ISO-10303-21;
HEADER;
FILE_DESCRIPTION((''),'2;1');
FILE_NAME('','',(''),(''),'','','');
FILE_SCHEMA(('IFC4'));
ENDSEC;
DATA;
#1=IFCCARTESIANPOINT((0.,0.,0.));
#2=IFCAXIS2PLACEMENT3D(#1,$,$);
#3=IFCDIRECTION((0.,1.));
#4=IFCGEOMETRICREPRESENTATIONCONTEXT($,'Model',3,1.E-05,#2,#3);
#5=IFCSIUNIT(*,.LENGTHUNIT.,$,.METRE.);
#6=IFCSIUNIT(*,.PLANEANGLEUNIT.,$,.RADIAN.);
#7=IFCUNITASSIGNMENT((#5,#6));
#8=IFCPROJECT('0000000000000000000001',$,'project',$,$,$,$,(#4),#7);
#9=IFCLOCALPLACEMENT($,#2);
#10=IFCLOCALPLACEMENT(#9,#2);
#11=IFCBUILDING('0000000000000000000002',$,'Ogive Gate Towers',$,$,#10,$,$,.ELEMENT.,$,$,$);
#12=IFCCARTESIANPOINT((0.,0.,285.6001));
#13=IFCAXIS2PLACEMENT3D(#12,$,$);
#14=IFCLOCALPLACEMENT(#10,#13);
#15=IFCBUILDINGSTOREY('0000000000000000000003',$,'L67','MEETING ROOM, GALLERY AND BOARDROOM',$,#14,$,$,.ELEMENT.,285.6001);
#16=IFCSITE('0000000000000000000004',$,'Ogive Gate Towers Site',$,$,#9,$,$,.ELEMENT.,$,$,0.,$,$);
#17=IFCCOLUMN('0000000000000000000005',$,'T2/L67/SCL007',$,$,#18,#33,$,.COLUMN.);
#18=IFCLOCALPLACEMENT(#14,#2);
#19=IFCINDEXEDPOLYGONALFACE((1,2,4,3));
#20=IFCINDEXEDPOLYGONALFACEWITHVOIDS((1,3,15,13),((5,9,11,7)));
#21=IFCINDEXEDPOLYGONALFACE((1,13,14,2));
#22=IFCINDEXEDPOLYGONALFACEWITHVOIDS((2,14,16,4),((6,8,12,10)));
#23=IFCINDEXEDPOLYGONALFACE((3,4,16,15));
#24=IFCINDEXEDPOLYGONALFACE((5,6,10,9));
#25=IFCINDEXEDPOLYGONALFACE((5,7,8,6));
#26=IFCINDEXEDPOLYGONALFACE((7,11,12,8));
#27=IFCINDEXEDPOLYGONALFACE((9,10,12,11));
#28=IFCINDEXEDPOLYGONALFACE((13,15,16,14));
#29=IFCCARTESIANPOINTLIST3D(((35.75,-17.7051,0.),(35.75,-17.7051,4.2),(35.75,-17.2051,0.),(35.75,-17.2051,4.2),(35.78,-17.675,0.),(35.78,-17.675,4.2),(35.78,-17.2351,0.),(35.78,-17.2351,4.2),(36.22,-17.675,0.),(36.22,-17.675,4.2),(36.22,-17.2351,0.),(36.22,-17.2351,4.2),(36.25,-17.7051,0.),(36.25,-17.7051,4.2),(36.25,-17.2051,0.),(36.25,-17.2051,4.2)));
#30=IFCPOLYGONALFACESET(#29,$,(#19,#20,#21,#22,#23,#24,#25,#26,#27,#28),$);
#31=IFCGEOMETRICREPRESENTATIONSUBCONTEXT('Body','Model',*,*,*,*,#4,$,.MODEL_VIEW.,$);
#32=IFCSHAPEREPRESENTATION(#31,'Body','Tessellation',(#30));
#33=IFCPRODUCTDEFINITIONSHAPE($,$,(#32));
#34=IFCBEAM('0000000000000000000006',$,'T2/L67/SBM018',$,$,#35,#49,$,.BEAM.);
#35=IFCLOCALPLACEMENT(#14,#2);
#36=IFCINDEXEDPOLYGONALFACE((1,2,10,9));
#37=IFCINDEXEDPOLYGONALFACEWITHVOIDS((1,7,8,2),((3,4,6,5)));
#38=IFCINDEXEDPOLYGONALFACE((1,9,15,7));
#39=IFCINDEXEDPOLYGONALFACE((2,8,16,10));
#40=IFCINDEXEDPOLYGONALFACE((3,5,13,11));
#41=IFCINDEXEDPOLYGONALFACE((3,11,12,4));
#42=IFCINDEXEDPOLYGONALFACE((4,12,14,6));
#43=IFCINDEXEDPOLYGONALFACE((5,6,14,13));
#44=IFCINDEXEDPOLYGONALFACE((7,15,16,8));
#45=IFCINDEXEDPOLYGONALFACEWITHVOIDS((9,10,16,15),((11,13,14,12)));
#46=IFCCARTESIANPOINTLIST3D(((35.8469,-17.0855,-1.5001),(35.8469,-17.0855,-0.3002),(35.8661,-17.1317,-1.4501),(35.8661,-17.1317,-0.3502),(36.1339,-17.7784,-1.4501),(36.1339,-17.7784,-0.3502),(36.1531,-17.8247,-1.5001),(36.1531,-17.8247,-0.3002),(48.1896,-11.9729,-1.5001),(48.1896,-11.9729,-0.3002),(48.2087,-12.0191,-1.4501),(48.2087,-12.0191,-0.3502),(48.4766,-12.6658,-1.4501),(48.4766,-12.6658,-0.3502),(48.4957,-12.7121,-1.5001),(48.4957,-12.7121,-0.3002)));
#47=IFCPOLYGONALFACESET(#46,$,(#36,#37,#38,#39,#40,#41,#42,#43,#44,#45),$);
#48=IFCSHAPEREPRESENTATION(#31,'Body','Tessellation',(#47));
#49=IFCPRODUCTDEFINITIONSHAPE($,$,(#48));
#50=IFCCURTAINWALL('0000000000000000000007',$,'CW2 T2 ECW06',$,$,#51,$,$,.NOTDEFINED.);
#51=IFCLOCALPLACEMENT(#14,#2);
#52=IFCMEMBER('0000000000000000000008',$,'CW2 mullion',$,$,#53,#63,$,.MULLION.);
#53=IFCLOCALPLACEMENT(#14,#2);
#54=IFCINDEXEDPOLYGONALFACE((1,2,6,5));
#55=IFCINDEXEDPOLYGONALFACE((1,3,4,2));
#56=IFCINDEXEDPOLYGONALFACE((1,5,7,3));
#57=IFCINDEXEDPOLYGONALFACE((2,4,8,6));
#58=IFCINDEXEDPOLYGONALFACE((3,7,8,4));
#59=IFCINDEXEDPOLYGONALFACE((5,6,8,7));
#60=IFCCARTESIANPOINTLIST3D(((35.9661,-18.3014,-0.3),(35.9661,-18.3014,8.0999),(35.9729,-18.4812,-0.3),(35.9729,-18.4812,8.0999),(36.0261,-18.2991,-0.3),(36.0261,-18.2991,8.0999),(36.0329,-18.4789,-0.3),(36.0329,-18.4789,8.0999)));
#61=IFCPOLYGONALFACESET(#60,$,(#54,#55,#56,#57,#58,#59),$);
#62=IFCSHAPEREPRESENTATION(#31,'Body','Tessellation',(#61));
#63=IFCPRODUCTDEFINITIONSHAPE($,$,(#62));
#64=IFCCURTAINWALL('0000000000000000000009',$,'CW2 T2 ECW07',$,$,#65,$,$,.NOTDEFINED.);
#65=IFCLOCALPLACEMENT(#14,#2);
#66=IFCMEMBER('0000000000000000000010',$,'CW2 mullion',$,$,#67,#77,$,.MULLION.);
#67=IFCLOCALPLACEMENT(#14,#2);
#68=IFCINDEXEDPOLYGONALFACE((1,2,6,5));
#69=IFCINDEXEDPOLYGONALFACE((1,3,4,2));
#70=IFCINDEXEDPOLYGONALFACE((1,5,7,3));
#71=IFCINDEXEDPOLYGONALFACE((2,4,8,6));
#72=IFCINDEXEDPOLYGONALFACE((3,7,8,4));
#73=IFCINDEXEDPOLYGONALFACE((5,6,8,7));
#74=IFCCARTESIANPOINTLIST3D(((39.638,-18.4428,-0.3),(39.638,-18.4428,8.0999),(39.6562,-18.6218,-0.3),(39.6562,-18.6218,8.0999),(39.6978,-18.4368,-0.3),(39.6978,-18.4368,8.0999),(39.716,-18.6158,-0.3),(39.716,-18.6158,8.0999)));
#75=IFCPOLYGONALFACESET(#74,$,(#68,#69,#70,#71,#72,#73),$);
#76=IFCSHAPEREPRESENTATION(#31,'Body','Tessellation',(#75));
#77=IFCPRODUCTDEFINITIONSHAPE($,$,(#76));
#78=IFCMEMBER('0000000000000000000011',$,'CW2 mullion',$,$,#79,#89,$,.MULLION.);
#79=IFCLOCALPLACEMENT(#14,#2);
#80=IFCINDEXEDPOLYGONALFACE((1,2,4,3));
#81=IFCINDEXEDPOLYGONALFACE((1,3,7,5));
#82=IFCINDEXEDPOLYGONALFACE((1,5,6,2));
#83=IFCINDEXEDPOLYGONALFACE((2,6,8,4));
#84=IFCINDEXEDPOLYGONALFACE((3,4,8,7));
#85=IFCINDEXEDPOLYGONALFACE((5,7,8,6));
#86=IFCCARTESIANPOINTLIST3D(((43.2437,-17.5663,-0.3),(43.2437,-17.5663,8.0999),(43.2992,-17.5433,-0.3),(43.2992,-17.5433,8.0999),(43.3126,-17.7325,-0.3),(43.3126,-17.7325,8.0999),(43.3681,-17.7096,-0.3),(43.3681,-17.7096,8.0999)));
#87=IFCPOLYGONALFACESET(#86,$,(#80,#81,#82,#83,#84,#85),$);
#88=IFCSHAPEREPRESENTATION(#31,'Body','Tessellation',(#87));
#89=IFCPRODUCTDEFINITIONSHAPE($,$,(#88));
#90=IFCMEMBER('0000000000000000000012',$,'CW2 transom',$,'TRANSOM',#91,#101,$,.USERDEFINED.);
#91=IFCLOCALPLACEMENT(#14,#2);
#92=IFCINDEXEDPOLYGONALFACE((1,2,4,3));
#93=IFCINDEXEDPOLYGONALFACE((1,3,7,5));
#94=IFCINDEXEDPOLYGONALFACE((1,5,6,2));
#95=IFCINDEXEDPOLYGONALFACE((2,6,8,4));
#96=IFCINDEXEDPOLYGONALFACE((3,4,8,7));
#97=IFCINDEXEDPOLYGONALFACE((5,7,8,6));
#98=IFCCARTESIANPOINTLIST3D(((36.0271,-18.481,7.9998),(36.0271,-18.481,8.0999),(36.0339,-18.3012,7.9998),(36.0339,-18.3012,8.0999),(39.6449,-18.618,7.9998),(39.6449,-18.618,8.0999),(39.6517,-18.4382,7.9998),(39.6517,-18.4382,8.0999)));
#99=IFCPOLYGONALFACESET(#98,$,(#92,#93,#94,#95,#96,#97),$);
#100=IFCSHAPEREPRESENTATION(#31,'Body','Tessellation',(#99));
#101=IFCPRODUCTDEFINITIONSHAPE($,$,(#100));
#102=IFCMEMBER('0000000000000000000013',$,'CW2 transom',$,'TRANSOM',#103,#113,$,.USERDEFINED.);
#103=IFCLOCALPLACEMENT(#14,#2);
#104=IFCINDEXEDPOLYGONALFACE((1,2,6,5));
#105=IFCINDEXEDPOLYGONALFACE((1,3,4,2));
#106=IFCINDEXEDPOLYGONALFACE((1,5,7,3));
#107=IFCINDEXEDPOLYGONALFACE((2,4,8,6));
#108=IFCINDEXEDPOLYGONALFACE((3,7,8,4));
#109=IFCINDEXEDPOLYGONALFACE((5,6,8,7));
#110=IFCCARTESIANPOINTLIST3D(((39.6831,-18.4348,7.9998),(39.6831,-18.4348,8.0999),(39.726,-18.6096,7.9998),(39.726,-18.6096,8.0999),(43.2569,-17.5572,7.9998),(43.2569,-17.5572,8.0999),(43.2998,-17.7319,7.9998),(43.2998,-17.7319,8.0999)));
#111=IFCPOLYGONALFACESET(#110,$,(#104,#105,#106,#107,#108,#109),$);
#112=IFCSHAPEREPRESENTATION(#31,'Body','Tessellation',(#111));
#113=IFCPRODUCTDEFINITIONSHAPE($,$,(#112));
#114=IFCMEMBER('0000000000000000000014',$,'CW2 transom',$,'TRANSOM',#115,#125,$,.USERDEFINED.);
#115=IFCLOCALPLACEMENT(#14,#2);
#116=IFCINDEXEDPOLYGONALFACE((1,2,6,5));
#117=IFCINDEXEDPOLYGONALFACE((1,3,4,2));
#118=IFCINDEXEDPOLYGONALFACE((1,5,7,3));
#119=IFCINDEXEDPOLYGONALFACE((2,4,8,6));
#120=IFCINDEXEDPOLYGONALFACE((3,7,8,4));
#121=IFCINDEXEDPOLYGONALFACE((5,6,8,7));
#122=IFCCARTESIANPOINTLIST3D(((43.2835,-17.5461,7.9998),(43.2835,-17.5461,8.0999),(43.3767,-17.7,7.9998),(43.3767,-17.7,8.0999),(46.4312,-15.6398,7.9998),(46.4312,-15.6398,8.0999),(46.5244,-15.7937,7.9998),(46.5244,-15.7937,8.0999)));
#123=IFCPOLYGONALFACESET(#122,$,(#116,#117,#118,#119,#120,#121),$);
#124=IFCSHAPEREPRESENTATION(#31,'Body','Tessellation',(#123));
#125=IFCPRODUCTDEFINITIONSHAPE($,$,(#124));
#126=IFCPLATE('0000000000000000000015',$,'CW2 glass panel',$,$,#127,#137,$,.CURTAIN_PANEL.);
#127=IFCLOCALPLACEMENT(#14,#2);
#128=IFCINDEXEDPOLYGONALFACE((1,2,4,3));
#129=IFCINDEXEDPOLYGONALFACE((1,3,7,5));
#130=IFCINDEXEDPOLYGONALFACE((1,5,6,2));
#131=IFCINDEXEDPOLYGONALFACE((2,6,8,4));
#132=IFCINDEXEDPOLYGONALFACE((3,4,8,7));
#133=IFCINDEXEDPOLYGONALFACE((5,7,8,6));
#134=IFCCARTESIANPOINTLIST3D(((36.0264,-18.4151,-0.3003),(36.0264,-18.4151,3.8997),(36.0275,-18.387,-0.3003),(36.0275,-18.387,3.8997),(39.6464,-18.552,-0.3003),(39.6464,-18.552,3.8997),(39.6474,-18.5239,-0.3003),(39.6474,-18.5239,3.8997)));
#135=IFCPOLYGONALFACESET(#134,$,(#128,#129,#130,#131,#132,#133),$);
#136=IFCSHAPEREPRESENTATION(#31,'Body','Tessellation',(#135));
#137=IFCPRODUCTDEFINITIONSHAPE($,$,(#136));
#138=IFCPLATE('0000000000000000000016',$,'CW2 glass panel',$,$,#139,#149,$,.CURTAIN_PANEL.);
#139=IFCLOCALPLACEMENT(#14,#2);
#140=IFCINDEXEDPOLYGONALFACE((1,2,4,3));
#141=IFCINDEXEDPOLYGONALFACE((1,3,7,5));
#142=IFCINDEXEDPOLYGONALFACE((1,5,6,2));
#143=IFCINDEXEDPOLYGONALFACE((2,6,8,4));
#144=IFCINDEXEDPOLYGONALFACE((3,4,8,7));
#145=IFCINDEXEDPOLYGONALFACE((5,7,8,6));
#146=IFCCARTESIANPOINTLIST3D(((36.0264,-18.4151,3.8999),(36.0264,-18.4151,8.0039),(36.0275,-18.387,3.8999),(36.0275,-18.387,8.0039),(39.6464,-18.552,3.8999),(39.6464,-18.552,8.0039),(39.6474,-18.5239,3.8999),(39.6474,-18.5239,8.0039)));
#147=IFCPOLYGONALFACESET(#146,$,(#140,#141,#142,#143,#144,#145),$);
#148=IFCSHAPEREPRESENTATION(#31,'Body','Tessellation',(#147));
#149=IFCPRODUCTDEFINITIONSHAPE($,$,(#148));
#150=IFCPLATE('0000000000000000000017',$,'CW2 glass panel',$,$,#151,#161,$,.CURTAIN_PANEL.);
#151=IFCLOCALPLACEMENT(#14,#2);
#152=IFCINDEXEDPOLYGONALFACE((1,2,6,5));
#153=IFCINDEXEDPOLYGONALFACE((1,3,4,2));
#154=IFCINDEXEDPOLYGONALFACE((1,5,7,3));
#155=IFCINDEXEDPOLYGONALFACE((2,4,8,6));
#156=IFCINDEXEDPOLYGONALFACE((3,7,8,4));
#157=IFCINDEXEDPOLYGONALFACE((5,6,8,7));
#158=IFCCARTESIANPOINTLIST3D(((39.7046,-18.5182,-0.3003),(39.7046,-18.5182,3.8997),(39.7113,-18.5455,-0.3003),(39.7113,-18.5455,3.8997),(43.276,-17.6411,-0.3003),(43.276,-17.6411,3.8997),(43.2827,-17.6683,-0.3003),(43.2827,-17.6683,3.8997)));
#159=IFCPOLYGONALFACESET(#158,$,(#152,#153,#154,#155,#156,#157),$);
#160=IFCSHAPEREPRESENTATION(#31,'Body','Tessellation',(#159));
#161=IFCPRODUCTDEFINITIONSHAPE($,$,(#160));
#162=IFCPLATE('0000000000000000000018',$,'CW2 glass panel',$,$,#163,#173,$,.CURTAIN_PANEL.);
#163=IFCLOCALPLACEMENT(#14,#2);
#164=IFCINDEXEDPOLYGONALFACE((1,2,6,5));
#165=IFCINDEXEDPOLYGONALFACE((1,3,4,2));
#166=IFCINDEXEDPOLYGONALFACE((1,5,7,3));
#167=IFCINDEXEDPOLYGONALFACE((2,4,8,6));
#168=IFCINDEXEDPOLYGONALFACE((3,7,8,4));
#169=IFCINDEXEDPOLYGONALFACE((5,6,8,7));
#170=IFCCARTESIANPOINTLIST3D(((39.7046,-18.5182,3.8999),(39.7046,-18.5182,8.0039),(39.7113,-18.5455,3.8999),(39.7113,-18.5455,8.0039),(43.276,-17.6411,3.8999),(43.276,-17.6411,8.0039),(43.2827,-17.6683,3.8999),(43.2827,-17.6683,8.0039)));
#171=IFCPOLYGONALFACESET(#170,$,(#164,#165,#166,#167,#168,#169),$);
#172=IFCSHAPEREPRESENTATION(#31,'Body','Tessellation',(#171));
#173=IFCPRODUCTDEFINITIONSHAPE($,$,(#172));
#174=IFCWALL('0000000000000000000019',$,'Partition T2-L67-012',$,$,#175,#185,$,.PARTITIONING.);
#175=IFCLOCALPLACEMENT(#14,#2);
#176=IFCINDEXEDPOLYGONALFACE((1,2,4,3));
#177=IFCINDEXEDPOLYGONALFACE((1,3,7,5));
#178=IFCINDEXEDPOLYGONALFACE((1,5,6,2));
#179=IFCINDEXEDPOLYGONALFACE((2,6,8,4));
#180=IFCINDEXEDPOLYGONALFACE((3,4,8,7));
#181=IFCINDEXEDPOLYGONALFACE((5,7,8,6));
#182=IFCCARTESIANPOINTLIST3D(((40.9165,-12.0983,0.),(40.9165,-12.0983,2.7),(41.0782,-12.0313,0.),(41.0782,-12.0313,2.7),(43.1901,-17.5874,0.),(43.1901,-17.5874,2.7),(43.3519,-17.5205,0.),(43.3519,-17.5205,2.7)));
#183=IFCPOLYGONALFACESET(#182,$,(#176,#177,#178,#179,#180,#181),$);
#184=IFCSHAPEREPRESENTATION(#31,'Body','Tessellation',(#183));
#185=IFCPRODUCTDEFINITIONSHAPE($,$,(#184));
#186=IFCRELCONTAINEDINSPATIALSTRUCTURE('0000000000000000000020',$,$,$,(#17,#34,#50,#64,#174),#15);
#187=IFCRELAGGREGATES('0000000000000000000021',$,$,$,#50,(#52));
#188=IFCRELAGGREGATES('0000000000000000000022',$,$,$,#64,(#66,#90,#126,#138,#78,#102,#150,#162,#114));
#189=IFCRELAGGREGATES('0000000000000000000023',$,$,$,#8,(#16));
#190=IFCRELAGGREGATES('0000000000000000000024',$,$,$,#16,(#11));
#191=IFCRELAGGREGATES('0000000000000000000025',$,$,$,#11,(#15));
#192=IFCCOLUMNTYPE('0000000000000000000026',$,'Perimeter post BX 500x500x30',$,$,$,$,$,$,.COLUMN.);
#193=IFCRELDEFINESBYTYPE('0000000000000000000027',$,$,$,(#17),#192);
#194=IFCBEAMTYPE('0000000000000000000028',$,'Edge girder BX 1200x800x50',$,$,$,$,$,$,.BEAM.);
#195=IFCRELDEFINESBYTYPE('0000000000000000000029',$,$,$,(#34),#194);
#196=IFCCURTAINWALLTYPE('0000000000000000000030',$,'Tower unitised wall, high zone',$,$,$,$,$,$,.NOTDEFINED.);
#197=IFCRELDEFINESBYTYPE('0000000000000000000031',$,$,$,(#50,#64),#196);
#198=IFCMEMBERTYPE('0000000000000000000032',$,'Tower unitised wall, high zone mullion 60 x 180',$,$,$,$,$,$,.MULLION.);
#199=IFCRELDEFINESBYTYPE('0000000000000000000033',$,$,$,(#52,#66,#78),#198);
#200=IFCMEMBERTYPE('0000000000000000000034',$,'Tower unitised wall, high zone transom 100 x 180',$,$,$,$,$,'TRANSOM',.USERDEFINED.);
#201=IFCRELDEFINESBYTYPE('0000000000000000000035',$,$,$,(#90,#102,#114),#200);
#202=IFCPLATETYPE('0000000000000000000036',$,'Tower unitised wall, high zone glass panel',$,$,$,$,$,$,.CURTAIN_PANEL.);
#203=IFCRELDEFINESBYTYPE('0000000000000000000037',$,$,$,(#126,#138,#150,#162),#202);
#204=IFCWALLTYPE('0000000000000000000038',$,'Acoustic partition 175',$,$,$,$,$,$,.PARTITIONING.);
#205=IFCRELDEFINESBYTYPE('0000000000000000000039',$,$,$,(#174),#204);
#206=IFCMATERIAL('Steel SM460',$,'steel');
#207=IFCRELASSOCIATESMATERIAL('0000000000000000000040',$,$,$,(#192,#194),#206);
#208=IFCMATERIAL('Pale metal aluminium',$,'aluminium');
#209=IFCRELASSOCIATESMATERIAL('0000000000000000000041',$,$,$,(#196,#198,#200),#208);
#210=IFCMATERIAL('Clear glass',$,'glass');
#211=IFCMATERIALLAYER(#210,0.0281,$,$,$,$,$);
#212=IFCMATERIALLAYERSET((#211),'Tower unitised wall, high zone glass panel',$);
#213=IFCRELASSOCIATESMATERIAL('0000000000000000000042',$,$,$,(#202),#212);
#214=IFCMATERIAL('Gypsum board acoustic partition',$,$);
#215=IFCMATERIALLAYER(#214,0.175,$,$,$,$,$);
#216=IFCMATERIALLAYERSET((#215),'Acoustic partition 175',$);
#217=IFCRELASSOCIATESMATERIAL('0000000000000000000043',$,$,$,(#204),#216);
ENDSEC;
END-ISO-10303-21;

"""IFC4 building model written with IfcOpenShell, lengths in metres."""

from ifc_helpers import new_model, si_unit, direction, frame, frame_2d, origin, origin_2d, place, context, subcontext, project, spatial, rectangle, hollow_rectangle, extrude, material, layer, layer_set, material_profile, profile_set, type_object, element, aggregate, save


model = new_model("IFC4")

# Units and contexts
model_context = context("Model", 3, precision=1e-05, world=origin(), true_north=direction((0.0, 1.0)))
body_context = subcontext(model_context, "Body", "Model", "MODEL_VIEW")
ifc_project = project(units=[si_unit("LENGTHUNIT", "METRE"), si_unit("PLANEANGLEUNIT", "RADIAN")], contexts=[model_context])

# Site, building, storey
site_placement = place(None, origin())
site = spatial("IfcSite", under=ifc_project, at=site_placement, Name="Ogive Gate Towers Site", CompositionType="ELEMENT", RefElevation=0.0)
building_placement = place(site_placement, origin())
building = spatial("IfcBuilding", under=site, at=building_placement, Name="Ogive Gate Towers", CompositionType="ELEMENT")
storey_placement = place(building_placement, frame((0.0, 0.0, 285.6001)))
storey = spatial("IfcBuildingStorey", under=building, at=storey_placement, Name="L67", Description="MEETING ROOM, GALLERY AND BOARDROOM", CompositionType="ELEMENT", Elevation=285.6001)

# Column
ifc_material_1 = material(Name="Steel SM460", Category="steel")
ifc_material_profile_1 = material_profile(ifc_material_1, hollow_rectangle(XDim=0.5, YDim=0.5, WallThickness=0.03, at=origin_2d()), Name="BX 500x500x30")
ifc_profile_set_1 = profile_set([ifc_material_profile_1], Name="Steel SM460")
column_type = type_object("IfcColumnType", Name="Perimeter post BX 500x500x30", PredefinedType="COLUMN", material=ifc_profile_set_1)
column_placement = place(storey_placement, frame((36.0, -17.4551, 0.0), z_axis=(0.0, 0.0, 1.0), x_axis=(1.0, 0.0, 0.0)))
element("IfcColumn", 1, at=column_placement, inside=storey, type_object=column_type, Name="T2/L67/SCL007", PredefinedType="COLUMN", context=body_context, shape_type="SweptSolid", body=[
    extrude(hollow_rectangle(XDim=0.5, YDim=0.5, WallThickness=0.03, at=origin_2d()), origin(), (0.0, 0.0, 1.0), 4.2),
])

# Beam
ifc_material_profile_2 = material_profile(ifc_material_1, hollow_rectangle(XDim=0.8, YDim=1.2, WallThickness=0.05, at=origin_2d()), Name="BX 1200x800x50")
ifc_profile_set_2 = profile_set([ifc_material_profile_2], Name="Steel SM460")
beam_type = type_object("IfcBeamType", Name="Edge girder BX 1200x800x50", PredefinedType="BEAM", material=ifc_profile_set_2)
beam_placement = place(storey_placement, frame((36.0, -17.4551, -0.9001), z_axis=(0.923877, 0.38269, 0.0), x_axis=(-0.38269, 0.923877, 0.0)))
element("IfcBeam", 2, at=beam_placement, inside=storey, type_object=beam_type, Name="T2/L67/SBM018", PredefinedType="BEAM", context=body_context, shape_type="SweptSolid", body=[
    extrude(hollow_rectangle(XDim=0.8, YDim=1.2, WallThickness=0.05, at=origin_2d()), origin(), (0.0, 0.0, 1.0), 13.3596),
])

# Curtain wall, member
ifc_material_2 = material(Name="Pale metal aluminium", Category="aluminium")
curtain_wall_type = type_object("IfcCurtainWallType", Name="Tower unitised wall, high zone", PredefinedType="NOTDEFINED", material=ifc_material_2)
curtain_wall_1_placement = place(storey_placement, origin())
curtain_wall_1 = element("IfcCurtainWall", 3, at=curtain_wall_1_placement, inside=storey, type_object=curtain_wall_type, Name="CW2 T2 ECW06", PredefinedType="NOTDEFINED")
ifc_material_profile_3 = material_profile(ifc_material_2, rectangle(XDim=0.1799, YDim=0.0601, at=origin_2d()), Name="60 x 180 aluminium box")
ifc_profile_set_3 = profile_set([ifc_material_profile_3], Name="Pale metal aluminium")
member_type_1 = type_object("IfcMemberType", Name="Tower unitised wall, high zone mullion 60 x 180", PredefinedType="MULLION", material=ifc_profile_set_3)
member_1_placement = place(storey_placement, frame((35.9995, -18.3901, -0.3), z_axis=(0.0, 0.0, 1.0), x_axis=(0.037795, -0.999286, 0.0)))
member_1 = element("IfcMember", 4, at=member_1_placement, type_object=member_type_1, Name="CW2 mullion", PredefinedType="MULLION", context=body_context, shape_type="SweptSolid", body=[
    extrude(rectangle(XDim=0.1799, YDim=0.0601, at=origin_2d()), origin(), (0.0, 0.0, 1.0), 8.3999),
])
aggregate(curtain_wall_1, [member_1])

# Curtain wall, members, plates
curtain_wall_2_placement = place(storey_placement, origin())
curtain_wall_2 = element("IfcCurtainWall", 5, at=curtain_wall_2_placement, inside=storey, type_object=curtain_wall_type, Name="CW2 T2 ECW07", PredefinedType="NOTDEFINED")
member_2_placement = place(storey_placement, frame((39.677, -18.5293, -0.3), z_axis=(0.0, 0.0, 1.0), x_axis=(0.101351, -0.994851, 0.0)))
member_2 = element("IfcMember", 6, at=member_2_placement, type_object=member_type_1, Name="CW2 mullion", PredefinedType="MULLION", context=body_context, shape_type="SweptSolid", body=[
    extrude(rectangle(XDim=0.1799, YDim=0.0601, at=origin_2d()), origin(), (0.0, 0.0, 1.0), 8.3999),
])
member_3_placement = place(storey_placement, frame((43.3059, -17.6379, -0.3), z_axis=(0.0, 0.0, 1.0), x_axis=(0.382683, -0.92388, 0.0)))
member_3 = element("IfcMember", 7, at=member_3_placement, type_object=member_type_1, Name="CW2 mullion", PredefinedType="MULLION", context=body_context, shape_type="SweptSolid", body=[
    extrude(rectangle(XDim=0.1799, YDim=0.0601, at=origin_2d()), origin(), (0.0, 0.0, 1.0), 8.3999),
])
ifc_material_profile_4 = material_profile(ifc_material_2, rectangle(XDim=0.1799, YDim=0.1001, at=origin_2d()), Name="100 x 180 aluminium box")
ifc_profile_set_4 = profile_set([ifc_material_profile_4], Name="Pale metal aluminium")
member_type_2 = type_object("IfcMemberType", Name="Tower unitised wall, high zone transom 100 x 180", ElementType="TRANSOM", PredefinedType="USERDEFINED", material=ifc_profile_set_4)
member_4_placement = place(storey_placement, frame((36.0305, -18.3911, 8.0498), z_axis=(0.999284, -0.037832, 0.0), x_axis=(0.037832, 0.999284, 0.0)))
member_4 = element("IfcMember", 8, at=member_4_placement, type_object=member_type_2, Name="CW2 transom", ObjectType="TRANSOM", PredefinedType="USERDEFINED", context=body_context, shape_type="SweptSolid", body=[
    extrude(rectangle(XDim=0.1799, YDim=0.1001, at=origin_2d()), origin(), (0.0, 0.0, 1.0), 3.6204),
])
member_5_placement = place(storey_placement, frame((39.7046, -18.5222, 8.0498), z_axis=(0.971141, 0.238506, 0.0), x_axis=(-0.238506, 0.971141, 0.0)))
member_5 = element("IfcMember", 9, at=member_5_placement, type_object=member_type_2, Name="CW2 transom", ObjectType="TRANSOM", PredefinedType="USERDEFINED", context=body_context, shape_type="SweptSolid", body=[
    extrude(rectangle(XDim=0.1799, YDim=0.1001, at=origin_2d()), origin(), (0.0, 0.0, 1.0), 3.6799),
])
member_6_placement = place(storey_placement, frame((43.3301, -17.623, 8.0498), z_axis=(0.855372, 0.518013, 0.0), x_axis=(-0.518013, 0.855372, 0.0)))
member_6 = element("IfcMember", 10, at=member_6_placement, type_object=member_type_2, Name="CW2 transom", ObjectType="TRANSOM", PredefinedType="USERDEFINED", context=body_context, shape_type="SweptSolid", body=[
    extrude(rectangle(XDim=0.1799, YDim=0.1001, at=origin_2d()), origin(), (0.0, 0.0, 1.0), 3.6799),
])
ifc_material_3 = material(Name="Clear glass", Category="glass")
ifc_layer_1 = layer(ifc_material_3, 0.0281)
ifc_layer_set_1 = layer_set([ifc_layer_1], Name="Tower unitised wall, high zone glass panel")
plate_type = type_object("IfcPlateType", Name="Tower unitised wall, high zone glass panel", PredefinedType="CURTAIN_PANEL", material=ifc_layer_set_1)
plate_1_placement = place(storey_placement, frame((37.8369, -18.4695, -0.3003), z_axis=(0.0, 0.0, 1.0), x_axis=(0.999286, -0.037795, 0.0)))
plate_1 = element("IfcPlate", 11, at=plate_1_placement, type_object=plate_type, Name="CW2 glass panel", PredefinedType="CURTAIN_PANEL", context=body_context, shape_type="SweptSolid", body=[
    extrude(rectangle(XDim=3.6226, YDim=0.0281, at=origin_2d()), origin(), (0.0, 0.0, 1.0), 4.2),
])
plate_2_placement = place(storey_placement, frame((37.8369, -18.4695, 3.8999), z_axis=(0.0, 0.0, 1.0), x_axis=(0.999286, -0.037795, 0.0)))
plate_2 = element("IfcPlate", 12, at=plate_2_placement, type_object=plate_type, Name="CW2 glass panel", PredefinedType="CURTAIN_PANEL", context=body_context, shape_type="SweptSolid", body=[
    extrude(rectangle(XDim=3.6226, YDim=0.0281, at=origin_2d()), origin(), (0.0, 0.0, 1.0), 4.104),
])
plate_3_placement = place(storey_placement, frame((41.4937, -18.0933, -0.3003), z_axis=(0.0, 0.0, 1.0), x_axis=(0.971138, 0.238517, 0.0)))
plate_3 = element("IfcPlate", 13, at=plate_3_placement, type_object=plate_type, Name="CW2 glass panel", PredefinedType="CURTAIN_PANEL", context=body_context, shape_type="SweptSolid", body=[
    extrude(rectangle(XDim=3.6775, YDim=0.0281, at=origin_2d()), origin(), (0.0, 0.0, 1.0), 4.2),
])
plate_4_placement = place(storey_placement, frame((41.4937, -18.0933, 3.8999), z_axis=(0.0, 0.0, 1.0), x_axis=(0.971138, 0.238517, 0.0)))
plate_4 = element("IfcPlate", 14, at=plate_4_placement, type_object=plate_type, Name="CW2 glass panel", PredefinedType="CURTAIN_PANEL", context=body_context, shape_type="SweptSolid", body=[
    extrude(rectangle(XDim=3.6775, YDim=0.0281, at=origin_2d()), origin(), (0.0, 0.0, 1.0), 4.104),
])
aggregate(curtain_wall_2, [member_2, member_4, plate_1, plate_2, member_3, member_5, plate_3, plate_4, member_6])

# Wall
ifc_material_4 = material(Name="Gypsum board acoustic partition")
ifc_layer_2 = layer(ifc_material_4, 0.175)
ifc_layer_set_2 = layer_set([ifc_layer_2], Name="Acoustic partition 175")
wall_type = type_object("IfcWallType", Name="Acoustic partition 175", PredefinedType="PARTITIONING", material=ifc_layer_set_2)
wall_placement = place(storey_placement, frame((43.271, -17.554, 0.0), z_axis=(0.0, 0.0, 1.0), x_axis=(-0.382677, 0.923882, 0.0)))
element("IfcWall", 15, at=wall_placement, inside=storey, type_object=wall_type, Name="Partition T2-L67-012", PredefinedType="PARTITIONING", context=body_context, shape_type="SweptSolid", body=[
    extrude(rectangle(XDim=5.9414, YDim=0.175, at=frame_2d((2.9707, 0.0))), origin(), (0.0, 0.0, 1.0), 2.7),
])

save(model, "model.ifc")
